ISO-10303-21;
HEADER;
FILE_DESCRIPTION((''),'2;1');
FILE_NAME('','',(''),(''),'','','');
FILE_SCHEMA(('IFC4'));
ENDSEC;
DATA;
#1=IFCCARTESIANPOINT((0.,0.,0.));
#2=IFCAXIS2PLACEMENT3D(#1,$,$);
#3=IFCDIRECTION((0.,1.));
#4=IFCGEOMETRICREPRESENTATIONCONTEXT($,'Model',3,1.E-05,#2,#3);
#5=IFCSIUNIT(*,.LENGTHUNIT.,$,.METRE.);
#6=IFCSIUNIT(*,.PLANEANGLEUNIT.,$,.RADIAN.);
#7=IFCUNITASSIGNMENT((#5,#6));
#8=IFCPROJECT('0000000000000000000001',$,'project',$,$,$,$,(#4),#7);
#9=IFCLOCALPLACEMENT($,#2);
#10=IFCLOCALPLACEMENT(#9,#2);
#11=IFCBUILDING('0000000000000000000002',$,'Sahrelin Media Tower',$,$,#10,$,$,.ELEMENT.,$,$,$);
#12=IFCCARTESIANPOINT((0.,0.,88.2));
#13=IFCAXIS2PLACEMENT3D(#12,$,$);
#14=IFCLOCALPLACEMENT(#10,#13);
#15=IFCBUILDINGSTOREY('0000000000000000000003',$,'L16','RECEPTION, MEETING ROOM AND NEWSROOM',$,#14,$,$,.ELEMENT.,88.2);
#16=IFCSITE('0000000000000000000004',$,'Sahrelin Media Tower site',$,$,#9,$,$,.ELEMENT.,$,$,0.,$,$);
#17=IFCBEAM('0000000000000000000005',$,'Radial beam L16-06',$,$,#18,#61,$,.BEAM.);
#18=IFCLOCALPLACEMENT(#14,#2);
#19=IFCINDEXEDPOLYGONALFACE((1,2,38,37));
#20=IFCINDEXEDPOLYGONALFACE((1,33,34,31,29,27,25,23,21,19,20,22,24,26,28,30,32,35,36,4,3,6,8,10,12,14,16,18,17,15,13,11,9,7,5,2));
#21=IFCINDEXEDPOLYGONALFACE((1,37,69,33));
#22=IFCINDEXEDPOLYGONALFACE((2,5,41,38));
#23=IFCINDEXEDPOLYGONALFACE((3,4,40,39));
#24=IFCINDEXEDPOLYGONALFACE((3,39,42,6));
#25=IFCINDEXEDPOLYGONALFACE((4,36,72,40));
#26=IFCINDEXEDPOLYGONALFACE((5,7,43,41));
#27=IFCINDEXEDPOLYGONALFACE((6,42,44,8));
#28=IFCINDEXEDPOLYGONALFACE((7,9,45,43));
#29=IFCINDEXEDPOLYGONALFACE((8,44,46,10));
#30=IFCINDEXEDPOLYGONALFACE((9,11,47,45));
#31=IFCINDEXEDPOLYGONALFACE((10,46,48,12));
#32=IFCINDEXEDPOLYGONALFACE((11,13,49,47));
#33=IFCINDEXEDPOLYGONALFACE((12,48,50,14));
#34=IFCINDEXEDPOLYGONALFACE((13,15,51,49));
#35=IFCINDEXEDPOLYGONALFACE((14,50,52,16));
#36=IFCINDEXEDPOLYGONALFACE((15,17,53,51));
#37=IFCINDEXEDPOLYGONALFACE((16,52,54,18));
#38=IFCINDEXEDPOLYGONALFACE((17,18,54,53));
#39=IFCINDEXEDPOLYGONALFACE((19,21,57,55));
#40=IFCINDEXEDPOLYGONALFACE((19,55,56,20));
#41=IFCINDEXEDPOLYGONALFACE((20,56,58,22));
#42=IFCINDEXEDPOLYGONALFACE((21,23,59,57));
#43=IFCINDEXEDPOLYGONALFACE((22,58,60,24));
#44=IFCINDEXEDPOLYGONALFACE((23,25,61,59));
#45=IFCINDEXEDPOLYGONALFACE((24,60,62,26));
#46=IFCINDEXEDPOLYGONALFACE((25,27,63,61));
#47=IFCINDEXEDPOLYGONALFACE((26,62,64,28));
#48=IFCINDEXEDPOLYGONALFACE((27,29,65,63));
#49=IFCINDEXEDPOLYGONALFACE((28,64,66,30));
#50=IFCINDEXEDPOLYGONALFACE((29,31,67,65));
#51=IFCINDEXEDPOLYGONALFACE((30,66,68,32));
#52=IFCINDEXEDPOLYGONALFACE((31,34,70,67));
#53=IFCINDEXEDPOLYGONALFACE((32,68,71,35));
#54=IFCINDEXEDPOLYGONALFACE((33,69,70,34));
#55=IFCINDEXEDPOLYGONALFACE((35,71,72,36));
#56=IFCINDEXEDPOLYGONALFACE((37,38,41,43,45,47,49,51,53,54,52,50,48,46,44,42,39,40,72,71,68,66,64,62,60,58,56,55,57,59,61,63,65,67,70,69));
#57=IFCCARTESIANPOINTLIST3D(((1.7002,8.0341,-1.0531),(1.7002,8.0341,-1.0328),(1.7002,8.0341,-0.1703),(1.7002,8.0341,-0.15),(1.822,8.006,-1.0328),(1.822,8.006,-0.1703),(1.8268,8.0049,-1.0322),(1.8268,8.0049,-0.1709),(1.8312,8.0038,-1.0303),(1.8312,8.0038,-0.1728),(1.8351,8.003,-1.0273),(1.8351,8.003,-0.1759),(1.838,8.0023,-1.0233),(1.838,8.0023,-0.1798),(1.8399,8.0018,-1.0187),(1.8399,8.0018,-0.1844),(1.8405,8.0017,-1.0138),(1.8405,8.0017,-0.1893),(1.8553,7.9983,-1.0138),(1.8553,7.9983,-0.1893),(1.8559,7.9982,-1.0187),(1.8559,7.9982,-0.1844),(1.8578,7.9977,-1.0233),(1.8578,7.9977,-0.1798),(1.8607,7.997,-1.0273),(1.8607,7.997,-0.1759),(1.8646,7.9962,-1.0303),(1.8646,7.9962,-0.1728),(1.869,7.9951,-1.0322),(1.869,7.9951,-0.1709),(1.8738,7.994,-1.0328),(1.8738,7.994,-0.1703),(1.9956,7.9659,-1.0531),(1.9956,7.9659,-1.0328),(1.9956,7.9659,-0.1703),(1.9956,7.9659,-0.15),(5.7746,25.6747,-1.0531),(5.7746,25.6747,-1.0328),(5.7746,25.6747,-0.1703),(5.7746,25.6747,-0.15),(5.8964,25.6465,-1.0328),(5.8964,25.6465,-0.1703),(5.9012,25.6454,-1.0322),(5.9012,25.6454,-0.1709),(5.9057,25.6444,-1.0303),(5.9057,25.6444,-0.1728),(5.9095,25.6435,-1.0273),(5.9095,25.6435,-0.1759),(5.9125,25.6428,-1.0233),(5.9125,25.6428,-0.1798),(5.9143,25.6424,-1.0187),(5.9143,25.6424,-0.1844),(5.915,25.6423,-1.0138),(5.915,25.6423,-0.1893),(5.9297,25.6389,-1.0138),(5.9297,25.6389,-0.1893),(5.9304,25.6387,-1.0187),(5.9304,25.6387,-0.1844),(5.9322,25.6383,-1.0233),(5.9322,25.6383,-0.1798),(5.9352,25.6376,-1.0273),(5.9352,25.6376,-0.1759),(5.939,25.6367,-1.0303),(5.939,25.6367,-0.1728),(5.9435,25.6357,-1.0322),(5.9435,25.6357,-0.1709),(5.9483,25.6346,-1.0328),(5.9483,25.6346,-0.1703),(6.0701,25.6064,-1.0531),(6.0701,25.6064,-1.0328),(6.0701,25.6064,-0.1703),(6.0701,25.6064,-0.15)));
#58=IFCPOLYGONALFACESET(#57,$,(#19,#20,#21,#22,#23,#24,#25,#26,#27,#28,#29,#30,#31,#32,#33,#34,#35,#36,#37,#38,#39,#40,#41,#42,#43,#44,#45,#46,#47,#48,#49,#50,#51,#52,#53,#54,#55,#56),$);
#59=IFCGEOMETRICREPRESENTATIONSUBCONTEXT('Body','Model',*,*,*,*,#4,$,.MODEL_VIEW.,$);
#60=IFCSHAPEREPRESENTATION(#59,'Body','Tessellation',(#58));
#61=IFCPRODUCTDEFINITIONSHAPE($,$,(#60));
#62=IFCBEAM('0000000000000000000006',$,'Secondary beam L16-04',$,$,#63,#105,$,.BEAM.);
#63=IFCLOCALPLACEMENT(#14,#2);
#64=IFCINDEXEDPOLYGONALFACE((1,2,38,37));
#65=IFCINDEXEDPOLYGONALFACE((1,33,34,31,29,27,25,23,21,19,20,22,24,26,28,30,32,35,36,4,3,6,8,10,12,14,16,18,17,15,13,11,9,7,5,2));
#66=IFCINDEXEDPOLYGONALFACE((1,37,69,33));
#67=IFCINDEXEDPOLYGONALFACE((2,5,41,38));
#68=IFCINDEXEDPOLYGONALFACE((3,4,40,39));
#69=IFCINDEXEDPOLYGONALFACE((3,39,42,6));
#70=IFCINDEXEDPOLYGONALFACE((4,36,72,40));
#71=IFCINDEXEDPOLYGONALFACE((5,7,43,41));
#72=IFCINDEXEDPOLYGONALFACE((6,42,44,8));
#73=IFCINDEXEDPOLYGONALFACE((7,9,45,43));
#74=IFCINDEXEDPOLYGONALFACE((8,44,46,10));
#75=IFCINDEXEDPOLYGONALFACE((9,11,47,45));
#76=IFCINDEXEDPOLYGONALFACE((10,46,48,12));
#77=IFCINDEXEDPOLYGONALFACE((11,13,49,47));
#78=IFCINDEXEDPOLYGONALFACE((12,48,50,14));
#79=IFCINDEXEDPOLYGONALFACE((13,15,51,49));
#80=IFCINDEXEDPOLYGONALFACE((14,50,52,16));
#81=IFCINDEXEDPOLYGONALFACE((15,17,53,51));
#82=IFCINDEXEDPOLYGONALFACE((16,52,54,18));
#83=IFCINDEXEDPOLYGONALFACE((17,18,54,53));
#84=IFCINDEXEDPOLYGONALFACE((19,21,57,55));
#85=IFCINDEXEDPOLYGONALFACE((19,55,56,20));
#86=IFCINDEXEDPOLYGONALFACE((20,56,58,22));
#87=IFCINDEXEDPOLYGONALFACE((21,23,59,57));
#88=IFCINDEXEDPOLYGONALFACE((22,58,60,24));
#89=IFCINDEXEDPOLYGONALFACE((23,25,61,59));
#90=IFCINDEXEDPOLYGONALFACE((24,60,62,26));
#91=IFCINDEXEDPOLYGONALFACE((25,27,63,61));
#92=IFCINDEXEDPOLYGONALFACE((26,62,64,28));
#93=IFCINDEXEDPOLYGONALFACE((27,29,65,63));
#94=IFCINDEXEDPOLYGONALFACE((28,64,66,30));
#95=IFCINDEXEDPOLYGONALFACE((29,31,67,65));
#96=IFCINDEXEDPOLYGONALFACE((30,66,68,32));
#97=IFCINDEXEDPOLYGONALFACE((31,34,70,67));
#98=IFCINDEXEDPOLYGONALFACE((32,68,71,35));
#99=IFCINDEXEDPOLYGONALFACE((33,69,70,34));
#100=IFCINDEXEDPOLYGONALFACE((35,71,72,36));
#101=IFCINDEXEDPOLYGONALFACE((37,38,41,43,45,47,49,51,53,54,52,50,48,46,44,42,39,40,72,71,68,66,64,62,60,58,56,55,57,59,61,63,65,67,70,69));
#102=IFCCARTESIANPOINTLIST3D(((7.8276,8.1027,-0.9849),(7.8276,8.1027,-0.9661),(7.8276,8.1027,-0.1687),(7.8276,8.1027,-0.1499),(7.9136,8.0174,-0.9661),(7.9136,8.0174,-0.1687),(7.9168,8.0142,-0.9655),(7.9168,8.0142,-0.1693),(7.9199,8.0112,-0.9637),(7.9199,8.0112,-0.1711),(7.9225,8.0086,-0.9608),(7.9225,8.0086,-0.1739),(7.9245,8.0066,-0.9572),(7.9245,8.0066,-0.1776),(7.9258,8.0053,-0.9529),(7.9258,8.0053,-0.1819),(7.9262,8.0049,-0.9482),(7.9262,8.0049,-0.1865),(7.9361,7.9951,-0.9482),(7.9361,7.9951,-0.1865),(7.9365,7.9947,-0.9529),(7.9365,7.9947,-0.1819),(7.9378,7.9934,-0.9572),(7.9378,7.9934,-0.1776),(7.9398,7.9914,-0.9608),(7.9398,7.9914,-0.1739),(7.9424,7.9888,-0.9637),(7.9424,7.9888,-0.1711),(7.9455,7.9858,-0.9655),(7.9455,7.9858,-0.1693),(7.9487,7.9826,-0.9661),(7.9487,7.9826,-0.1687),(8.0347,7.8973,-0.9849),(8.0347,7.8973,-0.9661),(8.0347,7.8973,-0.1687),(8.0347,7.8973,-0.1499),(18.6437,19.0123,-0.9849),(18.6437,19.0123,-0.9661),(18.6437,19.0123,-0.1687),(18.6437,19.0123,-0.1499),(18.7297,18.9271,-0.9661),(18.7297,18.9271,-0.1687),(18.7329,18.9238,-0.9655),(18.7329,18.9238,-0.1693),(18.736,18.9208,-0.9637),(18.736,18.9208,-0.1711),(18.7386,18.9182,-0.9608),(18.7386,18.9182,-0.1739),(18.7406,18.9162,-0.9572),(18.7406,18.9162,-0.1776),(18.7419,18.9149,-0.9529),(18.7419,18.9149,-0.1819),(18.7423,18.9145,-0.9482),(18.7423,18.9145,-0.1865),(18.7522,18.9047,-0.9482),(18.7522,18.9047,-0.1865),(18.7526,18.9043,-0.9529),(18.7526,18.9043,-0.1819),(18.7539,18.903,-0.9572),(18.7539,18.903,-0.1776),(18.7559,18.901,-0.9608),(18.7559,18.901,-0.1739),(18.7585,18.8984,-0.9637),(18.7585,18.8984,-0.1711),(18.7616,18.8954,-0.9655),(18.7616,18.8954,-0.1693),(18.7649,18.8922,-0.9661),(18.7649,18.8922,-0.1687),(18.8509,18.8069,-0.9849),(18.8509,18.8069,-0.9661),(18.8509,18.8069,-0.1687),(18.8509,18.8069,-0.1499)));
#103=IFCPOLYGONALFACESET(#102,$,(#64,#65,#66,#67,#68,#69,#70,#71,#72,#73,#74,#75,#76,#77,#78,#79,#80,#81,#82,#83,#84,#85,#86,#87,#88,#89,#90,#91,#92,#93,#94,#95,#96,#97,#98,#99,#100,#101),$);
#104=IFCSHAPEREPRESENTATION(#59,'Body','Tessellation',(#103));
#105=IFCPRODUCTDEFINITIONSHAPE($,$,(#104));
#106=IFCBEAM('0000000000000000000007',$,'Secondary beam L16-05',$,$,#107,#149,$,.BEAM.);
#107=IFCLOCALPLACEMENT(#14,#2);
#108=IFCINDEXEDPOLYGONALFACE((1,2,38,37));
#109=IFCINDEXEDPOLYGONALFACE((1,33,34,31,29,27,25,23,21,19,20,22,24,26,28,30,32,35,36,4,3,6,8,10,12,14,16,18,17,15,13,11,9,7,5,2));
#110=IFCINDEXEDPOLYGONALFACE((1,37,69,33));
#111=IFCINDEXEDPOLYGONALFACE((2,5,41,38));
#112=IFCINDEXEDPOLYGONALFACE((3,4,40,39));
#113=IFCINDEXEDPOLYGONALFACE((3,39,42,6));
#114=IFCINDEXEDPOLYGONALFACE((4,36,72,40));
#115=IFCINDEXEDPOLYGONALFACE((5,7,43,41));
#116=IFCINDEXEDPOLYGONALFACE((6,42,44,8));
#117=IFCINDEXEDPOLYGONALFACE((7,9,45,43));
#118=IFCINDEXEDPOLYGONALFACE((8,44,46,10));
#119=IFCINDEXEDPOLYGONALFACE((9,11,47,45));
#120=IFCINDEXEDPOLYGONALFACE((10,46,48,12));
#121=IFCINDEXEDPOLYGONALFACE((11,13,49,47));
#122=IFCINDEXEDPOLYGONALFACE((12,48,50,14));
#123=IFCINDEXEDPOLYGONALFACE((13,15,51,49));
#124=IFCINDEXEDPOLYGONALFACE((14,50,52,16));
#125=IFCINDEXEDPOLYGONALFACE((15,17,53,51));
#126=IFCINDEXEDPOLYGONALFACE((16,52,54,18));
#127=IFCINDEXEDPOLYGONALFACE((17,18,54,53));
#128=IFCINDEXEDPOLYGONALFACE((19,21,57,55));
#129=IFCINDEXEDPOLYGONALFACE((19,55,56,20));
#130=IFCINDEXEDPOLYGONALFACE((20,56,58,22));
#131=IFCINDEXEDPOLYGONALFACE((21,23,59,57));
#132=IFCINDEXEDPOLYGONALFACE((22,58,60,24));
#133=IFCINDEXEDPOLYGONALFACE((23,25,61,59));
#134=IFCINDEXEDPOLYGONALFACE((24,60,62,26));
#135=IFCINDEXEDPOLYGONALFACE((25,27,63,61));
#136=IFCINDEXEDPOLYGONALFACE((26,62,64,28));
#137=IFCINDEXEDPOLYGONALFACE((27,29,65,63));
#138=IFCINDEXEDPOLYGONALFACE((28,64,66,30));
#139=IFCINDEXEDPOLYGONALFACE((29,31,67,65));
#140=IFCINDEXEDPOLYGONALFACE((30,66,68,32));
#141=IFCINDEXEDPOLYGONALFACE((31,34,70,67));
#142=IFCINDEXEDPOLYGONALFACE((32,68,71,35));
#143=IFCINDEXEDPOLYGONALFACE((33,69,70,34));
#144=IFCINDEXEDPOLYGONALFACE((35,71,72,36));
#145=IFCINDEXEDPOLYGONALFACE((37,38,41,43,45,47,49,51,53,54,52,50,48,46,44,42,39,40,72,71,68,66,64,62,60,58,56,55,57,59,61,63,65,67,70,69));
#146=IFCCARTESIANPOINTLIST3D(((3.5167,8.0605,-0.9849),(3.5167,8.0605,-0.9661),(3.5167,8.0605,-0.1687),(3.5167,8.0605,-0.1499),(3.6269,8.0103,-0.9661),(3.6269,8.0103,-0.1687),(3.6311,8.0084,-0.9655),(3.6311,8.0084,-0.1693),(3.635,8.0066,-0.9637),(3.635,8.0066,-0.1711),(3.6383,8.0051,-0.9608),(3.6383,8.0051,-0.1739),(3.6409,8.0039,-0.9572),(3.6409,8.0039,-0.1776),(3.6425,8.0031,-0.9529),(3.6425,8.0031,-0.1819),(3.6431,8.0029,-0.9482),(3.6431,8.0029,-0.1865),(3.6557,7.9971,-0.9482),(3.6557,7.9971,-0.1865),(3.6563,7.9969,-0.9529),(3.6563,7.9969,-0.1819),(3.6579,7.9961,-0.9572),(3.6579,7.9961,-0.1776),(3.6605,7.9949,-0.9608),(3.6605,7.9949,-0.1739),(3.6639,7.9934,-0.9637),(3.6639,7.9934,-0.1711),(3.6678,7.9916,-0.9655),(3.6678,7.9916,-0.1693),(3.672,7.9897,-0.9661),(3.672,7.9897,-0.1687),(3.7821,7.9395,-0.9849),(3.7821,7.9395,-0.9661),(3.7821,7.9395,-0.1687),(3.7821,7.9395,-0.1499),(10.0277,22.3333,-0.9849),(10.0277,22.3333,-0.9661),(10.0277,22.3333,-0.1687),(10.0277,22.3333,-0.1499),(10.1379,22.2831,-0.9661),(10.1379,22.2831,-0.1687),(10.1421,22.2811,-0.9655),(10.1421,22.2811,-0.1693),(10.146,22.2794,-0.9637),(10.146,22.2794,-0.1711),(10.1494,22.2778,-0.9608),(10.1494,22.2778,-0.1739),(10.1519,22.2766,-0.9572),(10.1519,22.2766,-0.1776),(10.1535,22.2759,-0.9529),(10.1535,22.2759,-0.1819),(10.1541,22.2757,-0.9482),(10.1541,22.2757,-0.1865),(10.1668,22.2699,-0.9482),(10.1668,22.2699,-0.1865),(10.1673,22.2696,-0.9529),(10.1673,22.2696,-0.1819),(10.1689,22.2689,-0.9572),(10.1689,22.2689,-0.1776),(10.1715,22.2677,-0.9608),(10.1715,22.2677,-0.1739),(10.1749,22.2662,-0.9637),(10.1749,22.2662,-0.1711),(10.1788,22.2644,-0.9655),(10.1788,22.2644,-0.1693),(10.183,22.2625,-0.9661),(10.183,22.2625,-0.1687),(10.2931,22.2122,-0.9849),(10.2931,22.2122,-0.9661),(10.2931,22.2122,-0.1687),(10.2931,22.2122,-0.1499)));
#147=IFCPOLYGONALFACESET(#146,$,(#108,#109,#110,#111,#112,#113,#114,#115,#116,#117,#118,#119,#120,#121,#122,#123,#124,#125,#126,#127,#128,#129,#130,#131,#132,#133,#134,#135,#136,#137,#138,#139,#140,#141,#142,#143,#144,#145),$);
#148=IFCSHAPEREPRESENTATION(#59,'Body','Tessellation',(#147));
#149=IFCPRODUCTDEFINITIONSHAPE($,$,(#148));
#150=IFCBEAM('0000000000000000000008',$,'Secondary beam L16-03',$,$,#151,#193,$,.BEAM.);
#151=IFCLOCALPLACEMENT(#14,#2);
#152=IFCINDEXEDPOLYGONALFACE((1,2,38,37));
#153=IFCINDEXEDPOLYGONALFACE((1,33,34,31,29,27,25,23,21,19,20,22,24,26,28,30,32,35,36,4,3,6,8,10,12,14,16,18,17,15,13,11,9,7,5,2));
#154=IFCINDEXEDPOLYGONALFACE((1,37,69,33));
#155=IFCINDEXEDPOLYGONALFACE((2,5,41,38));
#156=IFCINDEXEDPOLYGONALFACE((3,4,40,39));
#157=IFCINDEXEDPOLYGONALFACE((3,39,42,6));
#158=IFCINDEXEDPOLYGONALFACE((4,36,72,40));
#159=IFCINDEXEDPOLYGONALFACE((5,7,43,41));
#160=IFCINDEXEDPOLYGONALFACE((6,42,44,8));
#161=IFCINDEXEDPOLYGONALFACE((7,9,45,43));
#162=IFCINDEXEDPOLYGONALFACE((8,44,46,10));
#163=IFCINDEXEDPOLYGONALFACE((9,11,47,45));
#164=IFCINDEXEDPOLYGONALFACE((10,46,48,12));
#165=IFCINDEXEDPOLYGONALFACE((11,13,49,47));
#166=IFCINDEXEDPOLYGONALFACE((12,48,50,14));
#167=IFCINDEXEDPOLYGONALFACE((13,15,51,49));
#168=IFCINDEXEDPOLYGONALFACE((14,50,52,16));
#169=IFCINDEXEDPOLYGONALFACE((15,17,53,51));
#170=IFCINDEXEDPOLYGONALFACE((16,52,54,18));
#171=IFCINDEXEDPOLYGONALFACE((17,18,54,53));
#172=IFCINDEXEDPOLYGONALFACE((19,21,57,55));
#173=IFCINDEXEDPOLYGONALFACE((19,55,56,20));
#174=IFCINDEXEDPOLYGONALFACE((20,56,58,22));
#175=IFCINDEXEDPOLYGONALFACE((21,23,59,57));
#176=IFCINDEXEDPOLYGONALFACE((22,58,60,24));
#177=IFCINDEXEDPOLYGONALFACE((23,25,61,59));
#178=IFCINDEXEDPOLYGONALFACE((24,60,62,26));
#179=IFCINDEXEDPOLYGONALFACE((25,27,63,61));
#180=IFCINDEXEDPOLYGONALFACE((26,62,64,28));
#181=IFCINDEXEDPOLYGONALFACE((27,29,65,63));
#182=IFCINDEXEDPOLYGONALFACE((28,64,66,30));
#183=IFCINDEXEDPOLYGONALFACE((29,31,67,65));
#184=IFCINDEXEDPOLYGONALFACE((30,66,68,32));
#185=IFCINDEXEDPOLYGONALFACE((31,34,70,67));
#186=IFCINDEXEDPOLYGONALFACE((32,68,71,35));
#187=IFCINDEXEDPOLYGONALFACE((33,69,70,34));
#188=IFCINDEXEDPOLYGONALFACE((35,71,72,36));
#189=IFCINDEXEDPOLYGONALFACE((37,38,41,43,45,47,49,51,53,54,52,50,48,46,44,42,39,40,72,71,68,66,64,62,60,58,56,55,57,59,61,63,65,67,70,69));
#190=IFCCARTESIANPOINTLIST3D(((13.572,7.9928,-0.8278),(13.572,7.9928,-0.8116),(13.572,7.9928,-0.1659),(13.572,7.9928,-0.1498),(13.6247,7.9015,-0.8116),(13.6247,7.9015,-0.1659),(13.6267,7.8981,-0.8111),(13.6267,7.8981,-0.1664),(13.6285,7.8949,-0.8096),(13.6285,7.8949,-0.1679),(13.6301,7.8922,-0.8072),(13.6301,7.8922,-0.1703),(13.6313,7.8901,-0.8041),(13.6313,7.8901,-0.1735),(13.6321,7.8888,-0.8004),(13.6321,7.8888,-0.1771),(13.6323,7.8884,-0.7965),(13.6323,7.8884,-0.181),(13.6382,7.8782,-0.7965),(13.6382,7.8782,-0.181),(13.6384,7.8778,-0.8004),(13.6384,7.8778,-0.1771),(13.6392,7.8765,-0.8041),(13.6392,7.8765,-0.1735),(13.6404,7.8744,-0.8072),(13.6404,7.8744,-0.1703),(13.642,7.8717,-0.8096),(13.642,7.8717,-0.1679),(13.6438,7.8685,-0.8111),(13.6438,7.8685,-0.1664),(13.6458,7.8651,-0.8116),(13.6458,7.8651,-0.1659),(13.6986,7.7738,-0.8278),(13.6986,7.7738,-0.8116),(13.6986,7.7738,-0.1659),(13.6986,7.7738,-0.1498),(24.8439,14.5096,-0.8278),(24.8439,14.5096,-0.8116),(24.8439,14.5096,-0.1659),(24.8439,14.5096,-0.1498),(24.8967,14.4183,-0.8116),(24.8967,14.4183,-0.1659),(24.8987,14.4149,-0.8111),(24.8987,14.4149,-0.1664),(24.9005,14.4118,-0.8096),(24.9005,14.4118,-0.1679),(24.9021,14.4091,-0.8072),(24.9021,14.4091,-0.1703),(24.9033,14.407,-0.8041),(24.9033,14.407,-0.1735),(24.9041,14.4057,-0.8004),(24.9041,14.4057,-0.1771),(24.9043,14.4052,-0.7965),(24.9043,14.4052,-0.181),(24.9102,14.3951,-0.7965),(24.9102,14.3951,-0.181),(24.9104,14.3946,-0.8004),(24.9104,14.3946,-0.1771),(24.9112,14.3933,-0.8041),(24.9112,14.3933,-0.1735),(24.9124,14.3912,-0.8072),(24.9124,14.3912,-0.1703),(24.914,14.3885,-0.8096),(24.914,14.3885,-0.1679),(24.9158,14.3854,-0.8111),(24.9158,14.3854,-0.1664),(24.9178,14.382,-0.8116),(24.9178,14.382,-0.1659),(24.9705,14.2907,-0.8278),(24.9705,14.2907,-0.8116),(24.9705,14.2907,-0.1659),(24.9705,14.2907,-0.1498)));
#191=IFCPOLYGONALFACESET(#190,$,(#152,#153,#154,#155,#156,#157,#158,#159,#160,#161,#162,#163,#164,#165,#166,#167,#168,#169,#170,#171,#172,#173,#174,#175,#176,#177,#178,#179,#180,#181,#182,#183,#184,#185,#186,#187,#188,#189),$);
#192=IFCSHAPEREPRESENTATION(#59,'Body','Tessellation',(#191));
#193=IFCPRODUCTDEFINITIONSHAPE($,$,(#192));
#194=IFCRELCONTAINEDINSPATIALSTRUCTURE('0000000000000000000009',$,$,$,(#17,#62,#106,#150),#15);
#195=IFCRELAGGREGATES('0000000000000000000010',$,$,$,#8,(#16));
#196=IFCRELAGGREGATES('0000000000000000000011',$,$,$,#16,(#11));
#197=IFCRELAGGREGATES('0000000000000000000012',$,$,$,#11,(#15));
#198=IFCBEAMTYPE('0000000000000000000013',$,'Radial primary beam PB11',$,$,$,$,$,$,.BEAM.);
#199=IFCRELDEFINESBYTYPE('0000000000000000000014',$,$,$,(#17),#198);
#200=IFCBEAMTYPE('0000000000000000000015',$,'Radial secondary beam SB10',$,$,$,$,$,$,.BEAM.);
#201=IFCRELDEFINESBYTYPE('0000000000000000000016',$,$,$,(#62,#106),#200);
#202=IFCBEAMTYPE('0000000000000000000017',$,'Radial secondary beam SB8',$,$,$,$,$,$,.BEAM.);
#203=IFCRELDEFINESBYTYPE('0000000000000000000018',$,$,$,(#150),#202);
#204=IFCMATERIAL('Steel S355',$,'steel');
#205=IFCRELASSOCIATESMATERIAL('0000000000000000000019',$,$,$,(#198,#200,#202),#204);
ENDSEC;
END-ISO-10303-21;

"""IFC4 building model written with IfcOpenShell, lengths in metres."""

from ifc_helpers import new_model, si_unit, direction, frame, origin, origin_2d, place, context, subcontext, project, spatial, i_section, extrude, material, material_profile, profile_set, type_object, element, save


model = new_model("IFC4")

# Units and contexts
model_context = context("Model", 3, precision=1e-05, world=origin(), true_north=direction((0.0, 1.0)))
body_context = subcontext(model_context, "Body", "Model", "MODEL_VIEW")
ifc_project = project(units=[si_unit("LENGTHUNIT", "METRE"), si_unit("PLANEANGLEUNIT", "RADIAN")], contexts=[model_context])

# Site, building, storey
site_placement = place(None, origin())
site = spatial("IfcSite", under=ifc_project, at=site_placement, Name="Sahrelin Media Tower site", CompositionType="ELEMENT", RefElevation=0.0)
building_placement = place(site_placement, origin())
building = spatial("IfcBuilding", under=site, at=building_placement, Name="Sahrelin Media Tower", CompositionType="ELEMENT")
storey_placement = place(building_placement, frame((0.0, 0.0, 88.2)))
storey = spatial("IfcBuildingStorey", under=building, at=storey_placement, Name="L16", Description="RECEPTION, MEETING ROOM AND NEWSROOM", CompositionType="ELEMENT", Elevation=88.2)

# Shared definitions
ifc_material_1 = material(Name="Steel S355", Category="steel")

# Beams
ifc_material_profile_1 = material_profile(ifc_material_1, i_section(OverallWidth=0.3032, OverallDepth=0.9031, WebThickness=0.0151, FlangeThickness=0.0203, FilletRadius=0.019, at=origin_2d()), Name="UB 914x305x201")
ifc_profile_set_1 = profile_set([ifc_material_profile_1], Name="Steel S355")
beam_type_1 = type_object("IfcBeamType", Name="Radial primary beam PB11", PredefinedType="BEAM", material=ifc_profile_set_1)
beam_1_placement = place(storey_placement, frame((1.8479, 8.0, -0.6016), z_axis=(0.225046, 0.974348, 0.0), x_axis=(-0.974348, 0.225046, 0.0)))
element("IfcBeam", 1, at=beam_1_placement, inside=storey, type_object=beam_type_1, Name="Radial beam L16-06", PredefinedType="BEAM", context=body_context, shape_type="SweptSolid", body=[
    extrude(i_section(OverallWidth=0.3032, OverallDepth=0.9031, WebThickness=0.0151, FlangeThickness=0.0203, FilletRadius=0.019, at=origin_2d()), origin(), (0.0, 0.0, 1.0), 18.105),
])
ifc_material_profile_2 = material_profile(ifc_material_1, i_section(OverallWidth=0.2917, OverallDepth=0.835, WebThickness=0.0139, FlangeThickness=0.0188, FilletRadius=0.0178, at=origin_2d()), Name="UB 838x292x176")
ifc_profile_set_2 = profile_set([ifc_material_profile_2], Name="Steel S355")
beam_type_2 = type_object("IfcBeamType", Name="Radial secondary beam SB10", PredefinedType="BEAM", material=ifc_profile_set_2)
beam_2_placement = place(storey_placement, frame((7.9312, 8.0, -0.5674), z_axis=(0.704057, 0.710144, 0.0), x_axis=(-0.710144, 0.704057, 0.0)))
element("IfcBeam", 2, at=beam_2_placement, inside=storey, type_object=beam_type_2, Name="Secondary beam L16-04", PredefinedType="BEAM", context=body_context, shape_type="SweptSolid", body=[
    extrude(i_section(OverallWidth=0.2917, OverallDepth=0.835, WebThickness=0.0139, FlangeThickness=0.0188, FilletRadius=0.0178, at=origin_2d()), origin(), (0.0, 0.0, 1.0), 15.3625),
])
beam_3_placement = place(storey_placement, frame((3.6494, 8.0, -0.5674), z_axis=(0.415038, 0.909804, 0.0), x_axis=(-0.909804, 0.415038, 0.0)))
element("IfcBeam", 3, at=beam_3_placement, inside=storey, type_object=beam_type_2, Name="Secondary beam L16-05", PredefinedType="BEAM", context=body_context, shape_type="SweptSolid", body=[
    extrude(i_section(OverallWidth=0.2917, OverallDepth=0.835, WebThickness=0.0139, FlangeThickness=0.0188, FilletRadius=0.0178, at=origin_2d()), origin(), (0.0, 0.0, 1.0), 15.6877),
])
ifc_material_profile_3 = material_profile(ifc_material_1, i_section(OverallWidth=0.2529, OverallDepth=0.678, WebThickness=0.0117, FlangeThickness=0.0161, FilletRadius=0.0151, at=origin_2d()), Name="UB 686x254x125")
ifc_profile_set_3 = profile_set([ifc_material_profile_3], Name="Steel S355")
beam_type_3 = type_object("IfcBeamType", Name="Radial secondary beam SB8", PredefinedType="BEAM", material=ifc_profile_set_3)
beam_4_placement = place(storey_placement, frame((13.6353, 7.8833, -0.4888), z_axis=(0.865727, 0.500517, 0.0), x_axis=(-0.500517, 0.865727, 0.0)))
element("IfcBeam", 4, at=beam_4_placement, inside=storey, type_object=beam_type_3, Name="Secondary beam L16-03", PredefinedType="BEAM", context=body_context, shape_type="SweptSolid", body=[
    extrude(i_section(OverallWidth=0.2529, OverallDepth=0.678, WebThickness=0.0117, FlangeThickness=0.0161, FilletRadius=0.0151, at=origin_2d()), origin(), (0.0, 0.0, 1.0), 13.0203),
])

save(model, "model.ifc")
